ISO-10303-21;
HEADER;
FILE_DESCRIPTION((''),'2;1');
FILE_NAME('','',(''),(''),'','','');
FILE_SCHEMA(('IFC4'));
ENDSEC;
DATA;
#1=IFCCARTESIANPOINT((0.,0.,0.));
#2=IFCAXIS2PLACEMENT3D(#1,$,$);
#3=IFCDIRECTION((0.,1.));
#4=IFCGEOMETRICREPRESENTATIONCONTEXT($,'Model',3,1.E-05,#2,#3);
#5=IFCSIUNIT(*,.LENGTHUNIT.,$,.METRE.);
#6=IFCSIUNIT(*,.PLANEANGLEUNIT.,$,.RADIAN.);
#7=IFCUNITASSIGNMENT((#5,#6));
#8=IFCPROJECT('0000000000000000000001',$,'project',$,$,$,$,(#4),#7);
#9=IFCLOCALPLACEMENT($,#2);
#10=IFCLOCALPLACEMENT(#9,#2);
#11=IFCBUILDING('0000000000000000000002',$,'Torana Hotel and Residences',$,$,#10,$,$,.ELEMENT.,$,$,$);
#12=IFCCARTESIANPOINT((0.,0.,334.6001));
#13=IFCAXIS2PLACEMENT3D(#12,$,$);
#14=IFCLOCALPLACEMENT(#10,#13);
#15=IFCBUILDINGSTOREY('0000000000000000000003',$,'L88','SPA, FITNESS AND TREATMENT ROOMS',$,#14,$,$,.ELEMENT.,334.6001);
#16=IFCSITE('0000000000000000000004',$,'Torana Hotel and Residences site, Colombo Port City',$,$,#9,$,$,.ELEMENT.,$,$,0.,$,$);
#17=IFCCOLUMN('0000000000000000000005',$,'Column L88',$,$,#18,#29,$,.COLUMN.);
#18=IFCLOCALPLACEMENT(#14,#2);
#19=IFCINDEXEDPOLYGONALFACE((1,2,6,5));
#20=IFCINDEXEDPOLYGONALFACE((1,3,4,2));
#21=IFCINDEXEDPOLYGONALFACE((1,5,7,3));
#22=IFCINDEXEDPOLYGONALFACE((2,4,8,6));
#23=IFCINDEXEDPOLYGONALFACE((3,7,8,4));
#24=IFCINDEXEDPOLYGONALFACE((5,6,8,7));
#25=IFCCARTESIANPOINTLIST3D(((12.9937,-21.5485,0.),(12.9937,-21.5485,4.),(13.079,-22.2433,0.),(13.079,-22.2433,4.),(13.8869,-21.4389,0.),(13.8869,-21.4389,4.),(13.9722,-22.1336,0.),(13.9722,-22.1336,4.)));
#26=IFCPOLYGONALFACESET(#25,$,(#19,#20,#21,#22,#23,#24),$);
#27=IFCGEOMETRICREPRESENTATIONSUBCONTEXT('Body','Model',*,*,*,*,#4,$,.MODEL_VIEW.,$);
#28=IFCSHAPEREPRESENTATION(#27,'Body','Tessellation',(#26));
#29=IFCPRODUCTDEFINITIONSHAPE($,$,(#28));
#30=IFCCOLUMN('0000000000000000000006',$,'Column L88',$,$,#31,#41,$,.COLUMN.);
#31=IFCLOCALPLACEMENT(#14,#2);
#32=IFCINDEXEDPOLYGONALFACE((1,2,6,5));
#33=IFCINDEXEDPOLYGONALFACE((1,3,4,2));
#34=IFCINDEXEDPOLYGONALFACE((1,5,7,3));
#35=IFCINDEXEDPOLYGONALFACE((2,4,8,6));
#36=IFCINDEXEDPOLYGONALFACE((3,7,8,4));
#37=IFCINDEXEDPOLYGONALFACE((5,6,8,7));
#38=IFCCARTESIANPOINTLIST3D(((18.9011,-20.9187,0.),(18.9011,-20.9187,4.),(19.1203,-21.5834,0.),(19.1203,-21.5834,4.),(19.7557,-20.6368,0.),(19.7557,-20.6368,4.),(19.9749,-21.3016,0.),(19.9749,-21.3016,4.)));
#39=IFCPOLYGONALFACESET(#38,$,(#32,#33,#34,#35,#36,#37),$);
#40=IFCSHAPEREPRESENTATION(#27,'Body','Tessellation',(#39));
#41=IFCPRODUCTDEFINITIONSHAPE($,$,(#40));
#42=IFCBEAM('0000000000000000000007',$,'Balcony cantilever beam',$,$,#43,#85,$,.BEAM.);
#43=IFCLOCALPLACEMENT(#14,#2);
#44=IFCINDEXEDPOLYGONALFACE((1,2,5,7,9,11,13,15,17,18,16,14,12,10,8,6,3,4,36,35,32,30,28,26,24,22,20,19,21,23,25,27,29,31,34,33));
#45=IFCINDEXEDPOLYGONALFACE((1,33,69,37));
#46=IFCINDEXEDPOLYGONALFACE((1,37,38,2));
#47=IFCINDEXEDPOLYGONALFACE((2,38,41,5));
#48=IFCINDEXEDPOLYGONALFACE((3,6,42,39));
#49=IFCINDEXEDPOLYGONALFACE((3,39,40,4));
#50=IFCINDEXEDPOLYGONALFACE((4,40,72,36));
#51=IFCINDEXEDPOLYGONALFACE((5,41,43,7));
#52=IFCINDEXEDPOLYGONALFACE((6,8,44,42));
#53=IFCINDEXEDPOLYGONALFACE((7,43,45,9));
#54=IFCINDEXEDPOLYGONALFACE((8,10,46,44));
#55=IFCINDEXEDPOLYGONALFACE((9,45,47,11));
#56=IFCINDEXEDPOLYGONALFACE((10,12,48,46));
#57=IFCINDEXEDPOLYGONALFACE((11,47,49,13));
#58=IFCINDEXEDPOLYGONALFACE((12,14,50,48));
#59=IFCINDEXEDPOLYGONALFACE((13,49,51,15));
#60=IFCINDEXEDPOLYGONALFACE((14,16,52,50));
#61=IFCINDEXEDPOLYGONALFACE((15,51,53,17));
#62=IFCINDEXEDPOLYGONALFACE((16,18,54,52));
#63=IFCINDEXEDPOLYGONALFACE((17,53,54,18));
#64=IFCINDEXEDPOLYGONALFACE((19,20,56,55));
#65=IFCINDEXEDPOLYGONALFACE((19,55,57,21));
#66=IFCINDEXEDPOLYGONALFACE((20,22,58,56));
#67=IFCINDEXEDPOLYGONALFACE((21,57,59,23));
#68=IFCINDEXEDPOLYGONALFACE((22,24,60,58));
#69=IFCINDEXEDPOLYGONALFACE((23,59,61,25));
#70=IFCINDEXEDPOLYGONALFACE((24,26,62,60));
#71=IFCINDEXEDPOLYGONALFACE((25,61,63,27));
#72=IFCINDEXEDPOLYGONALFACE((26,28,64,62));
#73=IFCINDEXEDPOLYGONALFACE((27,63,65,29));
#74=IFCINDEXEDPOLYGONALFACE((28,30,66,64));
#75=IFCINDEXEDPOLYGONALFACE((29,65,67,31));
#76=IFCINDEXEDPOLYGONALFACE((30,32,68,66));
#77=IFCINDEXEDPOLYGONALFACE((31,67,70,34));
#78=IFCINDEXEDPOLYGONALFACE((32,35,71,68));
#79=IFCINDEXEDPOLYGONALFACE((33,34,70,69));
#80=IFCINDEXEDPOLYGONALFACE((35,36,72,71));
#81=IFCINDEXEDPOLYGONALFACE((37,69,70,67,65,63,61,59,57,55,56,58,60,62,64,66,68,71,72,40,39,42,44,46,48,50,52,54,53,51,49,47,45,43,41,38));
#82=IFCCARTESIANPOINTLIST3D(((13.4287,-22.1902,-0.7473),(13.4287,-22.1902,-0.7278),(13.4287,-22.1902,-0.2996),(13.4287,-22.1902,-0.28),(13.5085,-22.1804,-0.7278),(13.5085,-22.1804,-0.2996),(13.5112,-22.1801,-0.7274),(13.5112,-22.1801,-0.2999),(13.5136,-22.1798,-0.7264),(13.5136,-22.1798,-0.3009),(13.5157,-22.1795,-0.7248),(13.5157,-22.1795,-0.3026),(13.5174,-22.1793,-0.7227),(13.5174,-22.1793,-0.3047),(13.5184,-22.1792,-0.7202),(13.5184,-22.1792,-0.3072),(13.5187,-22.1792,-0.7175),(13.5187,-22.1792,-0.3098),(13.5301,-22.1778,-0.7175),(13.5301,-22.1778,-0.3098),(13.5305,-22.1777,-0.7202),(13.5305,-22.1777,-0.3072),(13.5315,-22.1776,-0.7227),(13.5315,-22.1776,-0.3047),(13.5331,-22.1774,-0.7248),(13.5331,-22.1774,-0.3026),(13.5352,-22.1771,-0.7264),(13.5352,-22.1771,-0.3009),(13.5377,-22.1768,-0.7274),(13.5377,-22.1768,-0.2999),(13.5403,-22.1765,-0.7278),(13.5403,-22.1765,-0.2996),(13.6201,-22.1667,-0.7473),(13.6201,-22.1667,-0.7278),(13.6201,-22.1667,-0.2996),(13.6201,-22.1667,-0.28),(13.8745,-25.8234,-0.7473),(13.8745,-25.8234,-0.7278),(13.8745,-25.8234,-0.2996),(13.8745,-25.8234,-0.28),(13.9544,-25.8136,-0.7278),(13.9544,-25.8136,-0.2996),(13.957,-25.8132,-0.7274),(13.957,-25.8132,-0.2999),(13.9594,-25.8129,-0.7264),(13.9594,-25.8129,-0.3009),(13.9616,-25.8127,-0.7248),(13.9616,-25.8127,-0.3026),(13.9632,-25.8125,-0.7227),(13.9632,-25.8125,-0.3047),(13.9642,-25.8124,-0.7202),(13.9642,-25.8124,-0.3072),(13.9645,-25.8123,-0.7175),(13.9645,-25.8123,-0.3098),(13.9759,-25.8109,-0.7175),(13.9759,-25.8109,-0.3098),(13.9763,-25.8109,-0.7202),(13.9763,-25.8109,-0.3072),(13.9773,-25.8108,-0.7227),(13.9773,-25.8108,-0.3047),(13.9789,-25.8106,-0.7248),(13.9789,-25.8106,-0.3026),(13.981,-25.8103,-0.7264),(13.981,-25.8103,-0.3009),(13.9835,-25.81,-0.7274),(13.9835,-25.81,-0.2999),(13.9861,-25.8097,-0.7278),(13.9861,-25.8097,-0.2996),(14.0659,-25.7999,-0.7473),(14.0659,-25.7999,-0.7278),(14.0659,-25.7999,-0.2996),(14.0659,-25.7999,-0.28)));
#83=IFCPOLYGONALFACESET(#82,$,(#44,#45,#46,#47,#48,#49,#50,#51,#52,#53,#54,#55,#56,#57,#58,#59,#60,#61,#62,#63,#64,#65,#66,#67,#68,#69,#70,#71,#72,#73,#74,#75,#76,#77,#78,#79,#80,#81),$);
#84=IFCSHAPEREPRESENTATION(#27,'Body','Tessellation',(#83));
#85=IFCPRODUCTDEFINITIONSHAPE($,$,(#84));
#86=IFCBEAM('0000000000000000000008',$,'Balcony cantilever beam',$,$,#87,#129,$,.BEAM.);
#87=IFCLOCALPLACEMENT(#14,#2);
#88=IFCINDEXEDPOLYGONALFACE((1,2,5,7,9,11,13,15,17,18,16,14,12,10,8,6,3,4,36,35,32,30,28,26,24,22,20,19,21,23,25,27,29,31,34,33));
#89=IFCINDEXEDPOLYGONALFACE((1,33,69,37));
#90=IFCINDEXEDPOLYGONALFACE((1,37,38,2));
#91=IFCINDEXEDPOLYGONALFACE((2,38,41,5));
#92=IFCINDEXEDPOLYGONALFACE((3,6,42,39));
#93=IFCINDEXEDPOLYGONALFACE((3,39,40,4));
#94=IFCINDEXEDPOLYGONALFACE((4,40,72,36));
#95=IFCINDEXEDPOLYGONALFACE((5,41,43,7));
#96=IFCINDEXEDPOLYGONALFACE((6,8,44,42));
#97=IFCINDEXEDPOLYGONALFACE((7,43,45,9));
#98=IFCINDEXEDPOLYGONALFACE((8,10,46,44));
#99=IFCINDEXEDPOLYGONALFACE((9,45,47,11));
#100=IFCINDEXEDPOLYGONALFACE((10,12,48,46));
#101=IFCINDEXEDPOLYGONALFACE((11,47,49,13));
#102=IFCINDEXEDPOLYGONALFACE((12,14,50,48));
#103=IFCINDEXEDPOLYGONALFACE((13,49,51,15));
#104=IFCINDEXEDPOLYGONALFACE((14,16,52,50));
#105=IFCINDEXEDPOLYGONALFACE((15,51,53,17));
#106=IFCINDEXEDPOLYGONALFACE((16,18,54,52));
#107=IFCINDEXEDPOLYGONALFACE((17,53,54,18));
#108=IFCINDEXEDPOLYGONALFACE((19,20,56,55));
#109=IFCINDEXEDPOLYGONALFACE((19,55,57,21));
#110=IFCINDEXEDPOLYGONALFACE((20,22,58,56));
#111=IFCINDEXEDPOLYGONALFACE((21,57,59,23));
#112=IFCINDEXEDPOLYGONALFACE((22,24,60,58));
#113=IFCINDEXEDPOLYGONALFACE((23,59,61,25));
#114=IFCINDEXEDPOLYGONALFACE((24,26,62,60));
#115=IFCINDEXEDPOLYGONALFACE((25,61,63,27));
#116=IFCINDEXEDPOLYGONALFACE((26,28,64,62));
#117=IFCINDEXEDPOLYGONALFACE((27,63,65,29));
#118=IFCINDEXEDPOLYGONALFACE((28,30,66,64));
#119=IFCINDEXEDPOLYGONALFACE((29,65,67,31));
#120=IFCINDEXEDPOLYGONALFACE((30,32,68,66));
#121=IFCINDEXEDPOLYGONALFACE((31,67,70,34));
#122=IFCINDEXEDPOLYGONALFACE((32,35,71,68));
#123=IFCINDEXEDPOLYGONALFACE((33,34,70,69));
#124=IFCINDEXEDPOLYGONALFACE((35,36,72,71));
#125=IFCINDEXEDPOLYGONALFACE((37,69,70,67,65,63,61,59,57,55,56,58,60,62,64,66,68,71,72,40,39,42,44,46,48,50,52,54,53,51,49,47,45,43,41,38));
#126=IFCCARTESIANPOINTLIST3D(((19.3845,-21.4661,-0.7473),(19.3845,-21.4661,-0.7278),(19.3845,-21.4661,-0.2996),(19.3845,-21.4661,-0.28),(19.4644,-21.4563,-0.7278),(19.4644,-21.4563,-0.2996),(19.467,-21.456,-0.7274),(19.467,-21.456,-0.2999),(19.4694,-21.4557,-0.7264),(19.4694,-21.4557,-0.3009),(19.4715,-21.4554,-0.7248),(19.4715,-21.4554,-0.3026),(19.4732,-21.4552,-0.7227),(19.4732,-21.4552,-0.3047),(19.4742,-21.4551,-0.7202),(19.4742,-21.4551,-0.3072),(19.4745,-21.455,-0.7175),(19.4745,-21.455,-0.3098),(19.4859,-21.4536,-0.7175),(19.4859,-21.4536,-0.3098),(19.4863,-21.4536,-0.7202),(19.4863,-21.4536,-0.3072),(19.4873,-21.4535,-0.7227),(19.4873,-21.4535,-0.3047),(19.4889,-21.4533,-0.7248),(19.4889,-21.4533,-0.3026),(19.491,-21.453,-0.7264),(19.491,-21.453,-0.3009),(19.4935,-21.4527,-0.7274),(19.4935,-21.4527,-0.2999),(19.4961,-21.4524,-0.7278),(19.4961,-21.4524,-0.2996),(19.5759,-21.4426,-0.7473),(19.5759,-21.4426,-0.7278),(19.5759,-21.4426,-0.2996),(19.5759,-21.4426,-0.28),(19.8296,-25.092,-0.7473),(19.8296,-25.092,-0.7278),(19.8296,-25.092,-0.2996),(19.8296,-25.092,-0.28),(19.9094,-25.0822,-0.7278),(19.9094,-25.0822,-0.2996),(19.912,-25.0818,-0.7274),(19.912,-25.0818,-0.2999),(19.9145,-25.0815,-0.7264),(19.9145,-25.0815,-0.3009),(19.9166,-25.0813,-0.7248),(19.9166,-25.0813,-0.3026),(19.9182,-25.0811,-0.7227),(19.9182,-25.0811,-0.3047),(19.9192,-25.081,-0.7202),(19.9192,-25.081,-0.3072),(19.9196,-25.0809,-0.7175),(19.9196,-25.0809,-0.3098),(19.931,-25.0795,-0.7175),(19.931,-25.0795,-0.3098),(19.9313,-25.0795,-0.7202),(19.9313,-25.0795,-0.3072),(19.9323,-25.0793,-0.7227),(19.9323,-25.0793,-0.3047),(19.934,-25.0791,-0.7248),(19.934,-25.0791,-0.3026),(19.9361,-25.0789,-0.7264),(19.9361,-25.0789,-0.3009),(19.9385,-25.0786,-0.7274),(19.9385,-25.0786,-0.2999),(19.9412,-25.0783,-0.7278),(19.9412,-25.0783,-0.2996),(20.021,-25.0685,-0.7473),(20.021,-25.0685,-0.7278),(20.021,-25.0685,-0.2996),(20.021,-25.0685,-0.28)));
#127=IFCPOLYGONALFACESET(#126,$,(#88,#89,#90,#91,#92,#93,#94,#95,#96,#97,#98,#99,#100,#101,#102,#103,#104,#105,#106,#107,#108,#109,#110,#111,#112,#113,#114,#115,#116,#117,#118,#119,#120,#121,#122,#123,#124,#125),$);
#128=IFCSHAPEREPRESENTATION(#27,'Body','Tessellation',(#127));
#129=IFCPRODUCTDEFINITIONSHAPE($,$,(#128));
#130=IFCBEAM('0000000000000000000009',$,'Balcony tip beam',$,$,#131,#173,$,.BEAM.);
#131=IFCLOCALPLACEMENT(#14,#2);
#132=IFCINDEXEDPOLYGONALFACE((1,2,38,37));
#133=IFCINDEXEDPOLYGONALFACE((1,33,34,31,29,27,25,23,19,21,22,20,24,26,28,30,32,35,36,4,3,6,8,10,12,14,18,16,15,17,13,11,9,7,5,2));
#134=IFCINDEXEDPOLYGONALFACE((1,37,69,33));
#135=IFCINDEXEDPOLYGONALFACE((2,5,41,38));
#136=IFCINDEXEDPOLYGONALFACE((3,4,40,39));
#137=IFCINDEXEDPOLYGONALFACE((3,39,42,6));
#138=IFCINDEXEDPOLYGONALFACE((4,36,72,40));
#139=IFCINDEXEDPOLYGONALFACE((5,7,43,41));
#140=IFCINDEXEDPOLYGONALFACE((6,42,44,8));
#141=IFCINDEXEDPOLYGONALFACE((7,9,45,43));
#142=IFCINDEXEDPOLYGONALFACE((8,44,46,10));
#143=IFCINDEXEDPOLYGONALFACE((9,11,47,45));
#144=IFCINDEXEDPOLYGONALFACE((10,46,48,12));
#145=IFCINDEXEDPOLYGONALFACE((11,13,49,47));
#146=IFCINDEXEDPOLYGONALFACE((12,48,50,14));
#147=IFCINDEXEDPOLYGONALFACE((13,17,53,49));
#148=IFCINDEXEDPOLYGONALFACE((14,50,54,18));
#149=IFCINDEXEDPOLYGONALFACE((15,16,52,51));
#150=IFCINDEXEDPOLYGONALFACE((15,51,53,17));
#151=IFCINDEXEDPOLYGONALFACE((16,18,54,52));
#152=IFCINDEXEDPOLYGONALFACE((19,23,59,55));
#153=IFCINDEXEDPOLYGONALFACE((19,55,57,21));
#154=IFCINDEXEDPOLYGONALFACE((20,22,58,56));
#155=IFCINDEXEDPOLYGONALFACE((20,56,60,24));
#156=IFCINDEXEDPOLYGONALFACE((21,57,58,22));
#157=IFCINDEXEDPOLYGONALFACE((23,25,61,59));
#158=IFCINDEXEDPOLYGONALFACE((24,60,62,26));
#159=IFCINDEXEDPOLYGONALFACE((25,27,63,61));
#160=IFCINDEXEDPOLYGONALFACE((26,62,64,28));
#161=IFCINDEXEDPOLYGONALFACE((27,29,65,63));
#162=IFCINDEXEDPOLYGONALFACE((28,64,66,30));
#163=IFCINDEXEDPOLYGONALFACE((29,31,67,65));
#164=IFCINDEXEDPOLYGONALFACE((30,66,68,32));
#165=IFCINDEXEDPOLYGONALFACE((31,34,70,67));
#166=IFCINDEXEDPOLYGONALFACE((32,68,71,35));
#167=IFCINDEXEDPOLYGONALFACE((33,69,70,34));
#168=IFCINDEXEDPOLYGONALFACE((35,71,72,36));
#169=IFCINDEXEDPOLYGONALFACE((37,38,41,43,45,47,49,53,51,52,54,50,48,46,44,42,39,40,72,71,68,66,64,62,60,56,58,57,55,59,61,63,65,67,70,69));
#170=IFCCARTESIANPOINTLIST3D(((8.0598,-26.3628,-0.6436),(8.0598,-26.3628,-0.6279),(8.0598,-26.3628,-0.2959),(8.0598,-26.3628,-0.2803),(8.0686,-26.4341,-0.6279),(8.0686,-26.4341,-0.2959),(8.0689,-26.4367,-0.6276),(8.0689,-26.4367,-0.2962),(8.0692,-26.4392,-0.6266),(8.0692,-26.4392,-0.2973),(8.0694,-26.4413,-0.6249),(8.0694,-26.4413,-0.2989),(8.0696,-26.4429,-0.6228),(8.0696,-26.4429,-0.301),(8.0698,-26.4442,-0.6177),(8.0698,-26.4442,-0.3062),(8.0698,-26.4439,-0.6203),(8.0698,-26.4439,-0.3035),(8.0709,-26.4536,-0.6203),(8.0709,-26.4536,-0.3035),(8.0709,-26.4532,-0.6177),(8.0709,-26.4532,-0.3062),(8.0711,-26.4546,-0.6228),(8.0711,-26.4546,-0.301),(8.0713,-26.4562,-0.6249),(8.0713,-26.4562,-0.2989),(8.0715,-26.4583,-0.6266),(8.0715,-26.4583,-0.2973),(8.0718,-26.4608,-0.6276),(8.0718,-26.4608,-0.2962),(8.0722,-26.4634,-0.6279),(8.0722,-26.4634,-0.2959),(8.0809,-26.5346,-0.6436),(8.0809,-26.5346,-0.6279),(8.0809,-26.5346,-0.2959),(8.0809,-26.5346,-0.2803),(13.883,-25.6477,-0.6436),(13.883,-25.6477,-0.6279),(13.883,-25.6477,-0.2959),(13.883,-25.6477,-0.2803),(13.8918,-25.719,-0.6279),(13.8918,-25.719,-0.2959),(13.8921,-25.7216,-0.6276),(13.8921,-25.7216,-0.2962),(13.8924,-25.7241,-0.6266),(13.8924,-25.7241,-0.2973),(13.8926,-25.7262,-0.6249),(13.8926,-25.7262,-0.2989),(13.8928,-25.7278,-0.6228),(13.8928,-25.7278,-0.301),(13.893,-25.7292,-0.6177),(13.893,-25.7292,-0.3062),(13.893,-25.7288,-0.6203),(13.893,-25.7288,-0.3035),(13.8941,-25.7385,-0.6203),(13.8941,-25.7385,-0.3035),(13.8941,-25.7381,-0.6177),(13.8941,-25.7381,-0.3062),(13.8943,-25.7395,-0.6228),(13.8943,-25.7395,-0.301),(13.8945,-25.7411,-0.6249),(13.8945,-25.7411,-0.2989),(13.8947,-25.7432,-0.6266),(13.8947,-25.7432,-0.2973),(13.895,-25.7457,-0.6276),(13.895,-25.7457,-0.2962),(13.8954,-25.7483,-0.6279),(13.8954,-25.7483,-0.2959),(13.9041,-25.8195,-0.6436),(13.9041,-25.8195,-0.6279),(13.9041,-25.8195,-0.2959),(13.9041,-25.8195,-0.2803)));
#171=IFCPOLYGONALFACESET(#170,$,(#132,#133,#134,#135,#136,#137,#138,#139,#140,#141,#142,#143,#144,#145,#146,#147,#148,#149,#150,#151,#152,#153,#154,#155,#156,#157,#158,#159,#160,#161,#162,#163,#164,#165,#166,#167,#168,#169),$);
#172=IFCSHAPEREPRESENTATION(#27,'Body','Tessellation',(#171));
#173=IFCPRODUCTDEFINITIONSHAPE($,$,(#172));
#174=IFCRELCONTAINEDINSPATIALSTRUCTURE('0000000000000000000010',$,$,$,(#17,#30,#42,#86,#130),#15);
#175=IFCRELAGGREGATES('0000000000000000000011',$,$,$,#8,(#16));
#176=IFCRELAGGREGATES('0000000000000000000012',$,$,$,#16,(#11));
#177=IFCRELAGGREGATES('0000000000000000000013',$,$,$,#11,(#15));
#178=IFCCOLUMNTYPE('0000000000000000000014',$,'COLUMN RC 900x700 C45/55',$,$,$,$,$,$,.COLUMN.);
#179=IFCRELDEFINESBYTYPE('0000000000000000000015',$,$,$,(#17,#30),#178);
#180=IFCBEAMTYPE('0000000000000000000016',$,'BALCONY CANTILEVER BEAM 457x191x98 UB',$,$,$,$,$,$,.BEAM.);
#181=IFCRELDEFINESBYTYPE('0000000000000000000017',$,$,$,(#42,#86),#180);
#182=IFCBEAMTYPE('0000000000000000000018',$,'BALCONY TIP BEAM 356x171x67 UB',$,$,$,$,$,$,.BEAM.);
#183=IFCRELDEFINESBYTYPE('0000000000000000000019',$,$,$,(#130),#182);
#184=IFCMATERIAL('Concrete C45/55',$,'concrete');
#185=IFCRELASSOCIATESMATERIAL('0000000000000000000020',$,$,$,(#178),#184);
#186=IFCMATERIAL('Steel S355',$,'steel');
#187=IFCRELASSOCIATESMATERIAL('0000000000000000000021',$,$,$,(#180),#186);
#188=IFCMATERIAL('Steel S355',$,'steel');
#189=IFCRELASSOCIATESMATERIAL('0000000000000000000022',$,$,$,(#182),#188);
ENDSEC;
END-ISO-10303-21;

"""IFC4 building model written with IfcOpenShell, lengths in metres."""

from ifc_helpers import new_model, si_unit, direction, frame, origin, origin_2d, place, context, subcontext, project, spatial, rectangle, i_section, extrude, material, material_profile, profile_set, type_object, element, save


model = new_model("IFC4")

# Units and contexts
model_context = context("Model", 3, precision=1e-05, world=origin(), true_north=direction((0.0, 1.0)))
body_context = subcontext(model_context, "Body", "Model", "MODEL_VIEW")
ifc_project = project(units=[si_unit("LENGTHUNIT", "METRE"), si_unit("PLANEANGLEUNIT", "RADIAN")], contexts=[model_context])

# Site, building, storey
site_placement = place(None, origin())
site = spatial("IfcSite", under=ifc_project, at=site_placement, Name="Torana Hotel and Residences site, Colombo Port City", CompositionType="ELEMENT", RefElevation=0.0)
building_placement = place(site_placement, origin())
building = spatial("IfcBuilding", under=site, at=building_placement, Name="Torana Hotel and Residences", CompositionType="ELEMENT")
storey_placement = place(building_placement, frame((0.0, 0.0, 334.6001)))
storey = spatial("IfcBuildingStorey", under=building, at=storey_placement, Name="L88", Description="SPA, FITNESS AND TREATMENT ROOMS", CompositionType="ELEMENT", Elevation=334.6001)

# Columns
ifc_material_1 = material(Name="Concrete C45/55", Category="concrete")
ifc_material_profile_1 = material_profile(ifc_material_1, rectangle(XDim=0.8999, YDim=0.7, at=origin_2d()), Name="RC 900x700")
ifc_profile_set_1 = profile_set([ifc_material_profile_1], Name="Concrete C45/55")
column_type = type_object("IfcColumnType", Name="COLUMN RC 900x700 C45/55", PredefinedType="COLUMN", material=ifc_profile_set_1)
for number, where, z_axis, x_axis, name in (
    (1, (13.4829, -21.8411, 0.0), (0.0, 0.0, 1.0), (0.992546, 0.121869, 0.0), "Column L88"),
    (2, (19.438, -21.1101, 0.0), (0.0, 0.0, 1.0), (0.949694, 0.31318, 0.0), "Column L88"),
):
    element("IfcColumn", number, at=place(storey_placement, frame(where, z_axis=z_axis, x_axis=x_axis)), inside=storey, type_object=column_type, Name=name, PredefinedType="COLUMN", context=body_context, shape_type="SweptSolid", body=[
        extrude(rectangle(XDim=0.8999, YDim=0.7, at=origin_2d()), origin(), (0.0, 0.0, 1.0), 4.0),
    ])

# Beams
ifc_material_2 = material(Name="Steel S355", Category="steel")
ifc_material_profile_2 = material_profile(ifc_material_2, i_section(OverallWidth=0.1929, OverallDepth=0.4673, WebThickness=0.0115, FlangeThickness=0.0195, FilletRadius=0.0103, at=origin_2d()), Name="457x191x98 UB")
ifc_profile_set_2 = profile_set([ifc_material_profile_2], Name="Steel S355")
beam_type_1 = type_object("IfcBeamType", Name="BALCONY CANTILEVER BEAM 457x191x98 UB", PredefinedType="BEAM", material=ifc_profile_set_2)
beam_1_placement = place(storey_placement, frame((13.5244, -22.1785, -0.5137), z_axis=(0.121793, -0.992555, 0.0), x_axis=(0.992555, 0.121793, 0.0)))
element("IfcBeam", 3, at=beam_1_placement, inside=storey, type_object=beam_type_1, Name="Balcony cantilever beam", PredefinedType="BEAM", context=body_context, shape_type="SweptSolid", body=[
    extrude(i_section(OverallWidth=0.1929, OverallDepth=0.4673, WebThickness=0.0115, FlangeThickness=0.0195, FilletRadius=0.0103, at=origin_2d()), origin(), (0.0, 0.0, 1.0), 3.6604),
])
beam_2_placement = place(storey_placement, frame((19.4802, -21.4543, -0.5137), z_axis=(0.12183, -0.992551, 0.0), x_axis=(0.992551, 0.12183, 0.0)))
element("IfcBeam", 4, at=beam_2_placement, inside=storey, type_object=beam_type_1, Name="Balcony cantilever beam", PredefinedType="BEAM", context=body_context, shape_type="SweptSolid", body=[
    extrude(i_section(OverallWidth=0.1929, OverallDepth=0.4673, WebThickness=0.0115, FlangeThickness=0.0195, FilletRadius=0.0103, at=origin_2d()), origin(), (0.0, 0.0, 1.0), 3.6531),
])
ifc_material_3 = material(Name="Steel S355", Category="steel")
ifc_material_profile_3 = material_profile(ifc_material_3, i_section(OverallWidth=0.1731, OverallDepth=0.3633, WebThickness=0.009, FlangeThickness=0.0156, FilletRadius=0.0103, at=origin_2d()), Name="356x171x67 UB")
ifc_profile_set_3 = profile_set([ifc_material_profile_3], Name="Steel S355")
beam_type_2 = type_object("IfcBeamType", Name="BALCONY TIP BEAM 356x171x67 UB", PredefinedType="BEAM", material=ifc_profile_set_3)
beam_3_placement = place(storey_placement, frame((13.8936, -25.7336, -0.4619), z_axis=(-0.992544, -0.121883, 0.0), x_axis=(0.121883, -0.992544, 0.0)))
element("IfcBeam", 5, at=beam_3_placement, inside=storey, type_object=beam_type_2, Name="Balcony tip beam", PredefinedType="BEAM", context=body_context, shape_type="SweptSolid", body=[
    extrude(i_section(OverallWidth=0.1731, OverallDepth=0.3633, WebThickness=0.009, FlangeThickness=0.0156, FilletRadius=0.0103, at=origin_2d()), origin(), (0.0, 0.0, 1.0), 5.8669),
])

save(model, "model.ifc")
